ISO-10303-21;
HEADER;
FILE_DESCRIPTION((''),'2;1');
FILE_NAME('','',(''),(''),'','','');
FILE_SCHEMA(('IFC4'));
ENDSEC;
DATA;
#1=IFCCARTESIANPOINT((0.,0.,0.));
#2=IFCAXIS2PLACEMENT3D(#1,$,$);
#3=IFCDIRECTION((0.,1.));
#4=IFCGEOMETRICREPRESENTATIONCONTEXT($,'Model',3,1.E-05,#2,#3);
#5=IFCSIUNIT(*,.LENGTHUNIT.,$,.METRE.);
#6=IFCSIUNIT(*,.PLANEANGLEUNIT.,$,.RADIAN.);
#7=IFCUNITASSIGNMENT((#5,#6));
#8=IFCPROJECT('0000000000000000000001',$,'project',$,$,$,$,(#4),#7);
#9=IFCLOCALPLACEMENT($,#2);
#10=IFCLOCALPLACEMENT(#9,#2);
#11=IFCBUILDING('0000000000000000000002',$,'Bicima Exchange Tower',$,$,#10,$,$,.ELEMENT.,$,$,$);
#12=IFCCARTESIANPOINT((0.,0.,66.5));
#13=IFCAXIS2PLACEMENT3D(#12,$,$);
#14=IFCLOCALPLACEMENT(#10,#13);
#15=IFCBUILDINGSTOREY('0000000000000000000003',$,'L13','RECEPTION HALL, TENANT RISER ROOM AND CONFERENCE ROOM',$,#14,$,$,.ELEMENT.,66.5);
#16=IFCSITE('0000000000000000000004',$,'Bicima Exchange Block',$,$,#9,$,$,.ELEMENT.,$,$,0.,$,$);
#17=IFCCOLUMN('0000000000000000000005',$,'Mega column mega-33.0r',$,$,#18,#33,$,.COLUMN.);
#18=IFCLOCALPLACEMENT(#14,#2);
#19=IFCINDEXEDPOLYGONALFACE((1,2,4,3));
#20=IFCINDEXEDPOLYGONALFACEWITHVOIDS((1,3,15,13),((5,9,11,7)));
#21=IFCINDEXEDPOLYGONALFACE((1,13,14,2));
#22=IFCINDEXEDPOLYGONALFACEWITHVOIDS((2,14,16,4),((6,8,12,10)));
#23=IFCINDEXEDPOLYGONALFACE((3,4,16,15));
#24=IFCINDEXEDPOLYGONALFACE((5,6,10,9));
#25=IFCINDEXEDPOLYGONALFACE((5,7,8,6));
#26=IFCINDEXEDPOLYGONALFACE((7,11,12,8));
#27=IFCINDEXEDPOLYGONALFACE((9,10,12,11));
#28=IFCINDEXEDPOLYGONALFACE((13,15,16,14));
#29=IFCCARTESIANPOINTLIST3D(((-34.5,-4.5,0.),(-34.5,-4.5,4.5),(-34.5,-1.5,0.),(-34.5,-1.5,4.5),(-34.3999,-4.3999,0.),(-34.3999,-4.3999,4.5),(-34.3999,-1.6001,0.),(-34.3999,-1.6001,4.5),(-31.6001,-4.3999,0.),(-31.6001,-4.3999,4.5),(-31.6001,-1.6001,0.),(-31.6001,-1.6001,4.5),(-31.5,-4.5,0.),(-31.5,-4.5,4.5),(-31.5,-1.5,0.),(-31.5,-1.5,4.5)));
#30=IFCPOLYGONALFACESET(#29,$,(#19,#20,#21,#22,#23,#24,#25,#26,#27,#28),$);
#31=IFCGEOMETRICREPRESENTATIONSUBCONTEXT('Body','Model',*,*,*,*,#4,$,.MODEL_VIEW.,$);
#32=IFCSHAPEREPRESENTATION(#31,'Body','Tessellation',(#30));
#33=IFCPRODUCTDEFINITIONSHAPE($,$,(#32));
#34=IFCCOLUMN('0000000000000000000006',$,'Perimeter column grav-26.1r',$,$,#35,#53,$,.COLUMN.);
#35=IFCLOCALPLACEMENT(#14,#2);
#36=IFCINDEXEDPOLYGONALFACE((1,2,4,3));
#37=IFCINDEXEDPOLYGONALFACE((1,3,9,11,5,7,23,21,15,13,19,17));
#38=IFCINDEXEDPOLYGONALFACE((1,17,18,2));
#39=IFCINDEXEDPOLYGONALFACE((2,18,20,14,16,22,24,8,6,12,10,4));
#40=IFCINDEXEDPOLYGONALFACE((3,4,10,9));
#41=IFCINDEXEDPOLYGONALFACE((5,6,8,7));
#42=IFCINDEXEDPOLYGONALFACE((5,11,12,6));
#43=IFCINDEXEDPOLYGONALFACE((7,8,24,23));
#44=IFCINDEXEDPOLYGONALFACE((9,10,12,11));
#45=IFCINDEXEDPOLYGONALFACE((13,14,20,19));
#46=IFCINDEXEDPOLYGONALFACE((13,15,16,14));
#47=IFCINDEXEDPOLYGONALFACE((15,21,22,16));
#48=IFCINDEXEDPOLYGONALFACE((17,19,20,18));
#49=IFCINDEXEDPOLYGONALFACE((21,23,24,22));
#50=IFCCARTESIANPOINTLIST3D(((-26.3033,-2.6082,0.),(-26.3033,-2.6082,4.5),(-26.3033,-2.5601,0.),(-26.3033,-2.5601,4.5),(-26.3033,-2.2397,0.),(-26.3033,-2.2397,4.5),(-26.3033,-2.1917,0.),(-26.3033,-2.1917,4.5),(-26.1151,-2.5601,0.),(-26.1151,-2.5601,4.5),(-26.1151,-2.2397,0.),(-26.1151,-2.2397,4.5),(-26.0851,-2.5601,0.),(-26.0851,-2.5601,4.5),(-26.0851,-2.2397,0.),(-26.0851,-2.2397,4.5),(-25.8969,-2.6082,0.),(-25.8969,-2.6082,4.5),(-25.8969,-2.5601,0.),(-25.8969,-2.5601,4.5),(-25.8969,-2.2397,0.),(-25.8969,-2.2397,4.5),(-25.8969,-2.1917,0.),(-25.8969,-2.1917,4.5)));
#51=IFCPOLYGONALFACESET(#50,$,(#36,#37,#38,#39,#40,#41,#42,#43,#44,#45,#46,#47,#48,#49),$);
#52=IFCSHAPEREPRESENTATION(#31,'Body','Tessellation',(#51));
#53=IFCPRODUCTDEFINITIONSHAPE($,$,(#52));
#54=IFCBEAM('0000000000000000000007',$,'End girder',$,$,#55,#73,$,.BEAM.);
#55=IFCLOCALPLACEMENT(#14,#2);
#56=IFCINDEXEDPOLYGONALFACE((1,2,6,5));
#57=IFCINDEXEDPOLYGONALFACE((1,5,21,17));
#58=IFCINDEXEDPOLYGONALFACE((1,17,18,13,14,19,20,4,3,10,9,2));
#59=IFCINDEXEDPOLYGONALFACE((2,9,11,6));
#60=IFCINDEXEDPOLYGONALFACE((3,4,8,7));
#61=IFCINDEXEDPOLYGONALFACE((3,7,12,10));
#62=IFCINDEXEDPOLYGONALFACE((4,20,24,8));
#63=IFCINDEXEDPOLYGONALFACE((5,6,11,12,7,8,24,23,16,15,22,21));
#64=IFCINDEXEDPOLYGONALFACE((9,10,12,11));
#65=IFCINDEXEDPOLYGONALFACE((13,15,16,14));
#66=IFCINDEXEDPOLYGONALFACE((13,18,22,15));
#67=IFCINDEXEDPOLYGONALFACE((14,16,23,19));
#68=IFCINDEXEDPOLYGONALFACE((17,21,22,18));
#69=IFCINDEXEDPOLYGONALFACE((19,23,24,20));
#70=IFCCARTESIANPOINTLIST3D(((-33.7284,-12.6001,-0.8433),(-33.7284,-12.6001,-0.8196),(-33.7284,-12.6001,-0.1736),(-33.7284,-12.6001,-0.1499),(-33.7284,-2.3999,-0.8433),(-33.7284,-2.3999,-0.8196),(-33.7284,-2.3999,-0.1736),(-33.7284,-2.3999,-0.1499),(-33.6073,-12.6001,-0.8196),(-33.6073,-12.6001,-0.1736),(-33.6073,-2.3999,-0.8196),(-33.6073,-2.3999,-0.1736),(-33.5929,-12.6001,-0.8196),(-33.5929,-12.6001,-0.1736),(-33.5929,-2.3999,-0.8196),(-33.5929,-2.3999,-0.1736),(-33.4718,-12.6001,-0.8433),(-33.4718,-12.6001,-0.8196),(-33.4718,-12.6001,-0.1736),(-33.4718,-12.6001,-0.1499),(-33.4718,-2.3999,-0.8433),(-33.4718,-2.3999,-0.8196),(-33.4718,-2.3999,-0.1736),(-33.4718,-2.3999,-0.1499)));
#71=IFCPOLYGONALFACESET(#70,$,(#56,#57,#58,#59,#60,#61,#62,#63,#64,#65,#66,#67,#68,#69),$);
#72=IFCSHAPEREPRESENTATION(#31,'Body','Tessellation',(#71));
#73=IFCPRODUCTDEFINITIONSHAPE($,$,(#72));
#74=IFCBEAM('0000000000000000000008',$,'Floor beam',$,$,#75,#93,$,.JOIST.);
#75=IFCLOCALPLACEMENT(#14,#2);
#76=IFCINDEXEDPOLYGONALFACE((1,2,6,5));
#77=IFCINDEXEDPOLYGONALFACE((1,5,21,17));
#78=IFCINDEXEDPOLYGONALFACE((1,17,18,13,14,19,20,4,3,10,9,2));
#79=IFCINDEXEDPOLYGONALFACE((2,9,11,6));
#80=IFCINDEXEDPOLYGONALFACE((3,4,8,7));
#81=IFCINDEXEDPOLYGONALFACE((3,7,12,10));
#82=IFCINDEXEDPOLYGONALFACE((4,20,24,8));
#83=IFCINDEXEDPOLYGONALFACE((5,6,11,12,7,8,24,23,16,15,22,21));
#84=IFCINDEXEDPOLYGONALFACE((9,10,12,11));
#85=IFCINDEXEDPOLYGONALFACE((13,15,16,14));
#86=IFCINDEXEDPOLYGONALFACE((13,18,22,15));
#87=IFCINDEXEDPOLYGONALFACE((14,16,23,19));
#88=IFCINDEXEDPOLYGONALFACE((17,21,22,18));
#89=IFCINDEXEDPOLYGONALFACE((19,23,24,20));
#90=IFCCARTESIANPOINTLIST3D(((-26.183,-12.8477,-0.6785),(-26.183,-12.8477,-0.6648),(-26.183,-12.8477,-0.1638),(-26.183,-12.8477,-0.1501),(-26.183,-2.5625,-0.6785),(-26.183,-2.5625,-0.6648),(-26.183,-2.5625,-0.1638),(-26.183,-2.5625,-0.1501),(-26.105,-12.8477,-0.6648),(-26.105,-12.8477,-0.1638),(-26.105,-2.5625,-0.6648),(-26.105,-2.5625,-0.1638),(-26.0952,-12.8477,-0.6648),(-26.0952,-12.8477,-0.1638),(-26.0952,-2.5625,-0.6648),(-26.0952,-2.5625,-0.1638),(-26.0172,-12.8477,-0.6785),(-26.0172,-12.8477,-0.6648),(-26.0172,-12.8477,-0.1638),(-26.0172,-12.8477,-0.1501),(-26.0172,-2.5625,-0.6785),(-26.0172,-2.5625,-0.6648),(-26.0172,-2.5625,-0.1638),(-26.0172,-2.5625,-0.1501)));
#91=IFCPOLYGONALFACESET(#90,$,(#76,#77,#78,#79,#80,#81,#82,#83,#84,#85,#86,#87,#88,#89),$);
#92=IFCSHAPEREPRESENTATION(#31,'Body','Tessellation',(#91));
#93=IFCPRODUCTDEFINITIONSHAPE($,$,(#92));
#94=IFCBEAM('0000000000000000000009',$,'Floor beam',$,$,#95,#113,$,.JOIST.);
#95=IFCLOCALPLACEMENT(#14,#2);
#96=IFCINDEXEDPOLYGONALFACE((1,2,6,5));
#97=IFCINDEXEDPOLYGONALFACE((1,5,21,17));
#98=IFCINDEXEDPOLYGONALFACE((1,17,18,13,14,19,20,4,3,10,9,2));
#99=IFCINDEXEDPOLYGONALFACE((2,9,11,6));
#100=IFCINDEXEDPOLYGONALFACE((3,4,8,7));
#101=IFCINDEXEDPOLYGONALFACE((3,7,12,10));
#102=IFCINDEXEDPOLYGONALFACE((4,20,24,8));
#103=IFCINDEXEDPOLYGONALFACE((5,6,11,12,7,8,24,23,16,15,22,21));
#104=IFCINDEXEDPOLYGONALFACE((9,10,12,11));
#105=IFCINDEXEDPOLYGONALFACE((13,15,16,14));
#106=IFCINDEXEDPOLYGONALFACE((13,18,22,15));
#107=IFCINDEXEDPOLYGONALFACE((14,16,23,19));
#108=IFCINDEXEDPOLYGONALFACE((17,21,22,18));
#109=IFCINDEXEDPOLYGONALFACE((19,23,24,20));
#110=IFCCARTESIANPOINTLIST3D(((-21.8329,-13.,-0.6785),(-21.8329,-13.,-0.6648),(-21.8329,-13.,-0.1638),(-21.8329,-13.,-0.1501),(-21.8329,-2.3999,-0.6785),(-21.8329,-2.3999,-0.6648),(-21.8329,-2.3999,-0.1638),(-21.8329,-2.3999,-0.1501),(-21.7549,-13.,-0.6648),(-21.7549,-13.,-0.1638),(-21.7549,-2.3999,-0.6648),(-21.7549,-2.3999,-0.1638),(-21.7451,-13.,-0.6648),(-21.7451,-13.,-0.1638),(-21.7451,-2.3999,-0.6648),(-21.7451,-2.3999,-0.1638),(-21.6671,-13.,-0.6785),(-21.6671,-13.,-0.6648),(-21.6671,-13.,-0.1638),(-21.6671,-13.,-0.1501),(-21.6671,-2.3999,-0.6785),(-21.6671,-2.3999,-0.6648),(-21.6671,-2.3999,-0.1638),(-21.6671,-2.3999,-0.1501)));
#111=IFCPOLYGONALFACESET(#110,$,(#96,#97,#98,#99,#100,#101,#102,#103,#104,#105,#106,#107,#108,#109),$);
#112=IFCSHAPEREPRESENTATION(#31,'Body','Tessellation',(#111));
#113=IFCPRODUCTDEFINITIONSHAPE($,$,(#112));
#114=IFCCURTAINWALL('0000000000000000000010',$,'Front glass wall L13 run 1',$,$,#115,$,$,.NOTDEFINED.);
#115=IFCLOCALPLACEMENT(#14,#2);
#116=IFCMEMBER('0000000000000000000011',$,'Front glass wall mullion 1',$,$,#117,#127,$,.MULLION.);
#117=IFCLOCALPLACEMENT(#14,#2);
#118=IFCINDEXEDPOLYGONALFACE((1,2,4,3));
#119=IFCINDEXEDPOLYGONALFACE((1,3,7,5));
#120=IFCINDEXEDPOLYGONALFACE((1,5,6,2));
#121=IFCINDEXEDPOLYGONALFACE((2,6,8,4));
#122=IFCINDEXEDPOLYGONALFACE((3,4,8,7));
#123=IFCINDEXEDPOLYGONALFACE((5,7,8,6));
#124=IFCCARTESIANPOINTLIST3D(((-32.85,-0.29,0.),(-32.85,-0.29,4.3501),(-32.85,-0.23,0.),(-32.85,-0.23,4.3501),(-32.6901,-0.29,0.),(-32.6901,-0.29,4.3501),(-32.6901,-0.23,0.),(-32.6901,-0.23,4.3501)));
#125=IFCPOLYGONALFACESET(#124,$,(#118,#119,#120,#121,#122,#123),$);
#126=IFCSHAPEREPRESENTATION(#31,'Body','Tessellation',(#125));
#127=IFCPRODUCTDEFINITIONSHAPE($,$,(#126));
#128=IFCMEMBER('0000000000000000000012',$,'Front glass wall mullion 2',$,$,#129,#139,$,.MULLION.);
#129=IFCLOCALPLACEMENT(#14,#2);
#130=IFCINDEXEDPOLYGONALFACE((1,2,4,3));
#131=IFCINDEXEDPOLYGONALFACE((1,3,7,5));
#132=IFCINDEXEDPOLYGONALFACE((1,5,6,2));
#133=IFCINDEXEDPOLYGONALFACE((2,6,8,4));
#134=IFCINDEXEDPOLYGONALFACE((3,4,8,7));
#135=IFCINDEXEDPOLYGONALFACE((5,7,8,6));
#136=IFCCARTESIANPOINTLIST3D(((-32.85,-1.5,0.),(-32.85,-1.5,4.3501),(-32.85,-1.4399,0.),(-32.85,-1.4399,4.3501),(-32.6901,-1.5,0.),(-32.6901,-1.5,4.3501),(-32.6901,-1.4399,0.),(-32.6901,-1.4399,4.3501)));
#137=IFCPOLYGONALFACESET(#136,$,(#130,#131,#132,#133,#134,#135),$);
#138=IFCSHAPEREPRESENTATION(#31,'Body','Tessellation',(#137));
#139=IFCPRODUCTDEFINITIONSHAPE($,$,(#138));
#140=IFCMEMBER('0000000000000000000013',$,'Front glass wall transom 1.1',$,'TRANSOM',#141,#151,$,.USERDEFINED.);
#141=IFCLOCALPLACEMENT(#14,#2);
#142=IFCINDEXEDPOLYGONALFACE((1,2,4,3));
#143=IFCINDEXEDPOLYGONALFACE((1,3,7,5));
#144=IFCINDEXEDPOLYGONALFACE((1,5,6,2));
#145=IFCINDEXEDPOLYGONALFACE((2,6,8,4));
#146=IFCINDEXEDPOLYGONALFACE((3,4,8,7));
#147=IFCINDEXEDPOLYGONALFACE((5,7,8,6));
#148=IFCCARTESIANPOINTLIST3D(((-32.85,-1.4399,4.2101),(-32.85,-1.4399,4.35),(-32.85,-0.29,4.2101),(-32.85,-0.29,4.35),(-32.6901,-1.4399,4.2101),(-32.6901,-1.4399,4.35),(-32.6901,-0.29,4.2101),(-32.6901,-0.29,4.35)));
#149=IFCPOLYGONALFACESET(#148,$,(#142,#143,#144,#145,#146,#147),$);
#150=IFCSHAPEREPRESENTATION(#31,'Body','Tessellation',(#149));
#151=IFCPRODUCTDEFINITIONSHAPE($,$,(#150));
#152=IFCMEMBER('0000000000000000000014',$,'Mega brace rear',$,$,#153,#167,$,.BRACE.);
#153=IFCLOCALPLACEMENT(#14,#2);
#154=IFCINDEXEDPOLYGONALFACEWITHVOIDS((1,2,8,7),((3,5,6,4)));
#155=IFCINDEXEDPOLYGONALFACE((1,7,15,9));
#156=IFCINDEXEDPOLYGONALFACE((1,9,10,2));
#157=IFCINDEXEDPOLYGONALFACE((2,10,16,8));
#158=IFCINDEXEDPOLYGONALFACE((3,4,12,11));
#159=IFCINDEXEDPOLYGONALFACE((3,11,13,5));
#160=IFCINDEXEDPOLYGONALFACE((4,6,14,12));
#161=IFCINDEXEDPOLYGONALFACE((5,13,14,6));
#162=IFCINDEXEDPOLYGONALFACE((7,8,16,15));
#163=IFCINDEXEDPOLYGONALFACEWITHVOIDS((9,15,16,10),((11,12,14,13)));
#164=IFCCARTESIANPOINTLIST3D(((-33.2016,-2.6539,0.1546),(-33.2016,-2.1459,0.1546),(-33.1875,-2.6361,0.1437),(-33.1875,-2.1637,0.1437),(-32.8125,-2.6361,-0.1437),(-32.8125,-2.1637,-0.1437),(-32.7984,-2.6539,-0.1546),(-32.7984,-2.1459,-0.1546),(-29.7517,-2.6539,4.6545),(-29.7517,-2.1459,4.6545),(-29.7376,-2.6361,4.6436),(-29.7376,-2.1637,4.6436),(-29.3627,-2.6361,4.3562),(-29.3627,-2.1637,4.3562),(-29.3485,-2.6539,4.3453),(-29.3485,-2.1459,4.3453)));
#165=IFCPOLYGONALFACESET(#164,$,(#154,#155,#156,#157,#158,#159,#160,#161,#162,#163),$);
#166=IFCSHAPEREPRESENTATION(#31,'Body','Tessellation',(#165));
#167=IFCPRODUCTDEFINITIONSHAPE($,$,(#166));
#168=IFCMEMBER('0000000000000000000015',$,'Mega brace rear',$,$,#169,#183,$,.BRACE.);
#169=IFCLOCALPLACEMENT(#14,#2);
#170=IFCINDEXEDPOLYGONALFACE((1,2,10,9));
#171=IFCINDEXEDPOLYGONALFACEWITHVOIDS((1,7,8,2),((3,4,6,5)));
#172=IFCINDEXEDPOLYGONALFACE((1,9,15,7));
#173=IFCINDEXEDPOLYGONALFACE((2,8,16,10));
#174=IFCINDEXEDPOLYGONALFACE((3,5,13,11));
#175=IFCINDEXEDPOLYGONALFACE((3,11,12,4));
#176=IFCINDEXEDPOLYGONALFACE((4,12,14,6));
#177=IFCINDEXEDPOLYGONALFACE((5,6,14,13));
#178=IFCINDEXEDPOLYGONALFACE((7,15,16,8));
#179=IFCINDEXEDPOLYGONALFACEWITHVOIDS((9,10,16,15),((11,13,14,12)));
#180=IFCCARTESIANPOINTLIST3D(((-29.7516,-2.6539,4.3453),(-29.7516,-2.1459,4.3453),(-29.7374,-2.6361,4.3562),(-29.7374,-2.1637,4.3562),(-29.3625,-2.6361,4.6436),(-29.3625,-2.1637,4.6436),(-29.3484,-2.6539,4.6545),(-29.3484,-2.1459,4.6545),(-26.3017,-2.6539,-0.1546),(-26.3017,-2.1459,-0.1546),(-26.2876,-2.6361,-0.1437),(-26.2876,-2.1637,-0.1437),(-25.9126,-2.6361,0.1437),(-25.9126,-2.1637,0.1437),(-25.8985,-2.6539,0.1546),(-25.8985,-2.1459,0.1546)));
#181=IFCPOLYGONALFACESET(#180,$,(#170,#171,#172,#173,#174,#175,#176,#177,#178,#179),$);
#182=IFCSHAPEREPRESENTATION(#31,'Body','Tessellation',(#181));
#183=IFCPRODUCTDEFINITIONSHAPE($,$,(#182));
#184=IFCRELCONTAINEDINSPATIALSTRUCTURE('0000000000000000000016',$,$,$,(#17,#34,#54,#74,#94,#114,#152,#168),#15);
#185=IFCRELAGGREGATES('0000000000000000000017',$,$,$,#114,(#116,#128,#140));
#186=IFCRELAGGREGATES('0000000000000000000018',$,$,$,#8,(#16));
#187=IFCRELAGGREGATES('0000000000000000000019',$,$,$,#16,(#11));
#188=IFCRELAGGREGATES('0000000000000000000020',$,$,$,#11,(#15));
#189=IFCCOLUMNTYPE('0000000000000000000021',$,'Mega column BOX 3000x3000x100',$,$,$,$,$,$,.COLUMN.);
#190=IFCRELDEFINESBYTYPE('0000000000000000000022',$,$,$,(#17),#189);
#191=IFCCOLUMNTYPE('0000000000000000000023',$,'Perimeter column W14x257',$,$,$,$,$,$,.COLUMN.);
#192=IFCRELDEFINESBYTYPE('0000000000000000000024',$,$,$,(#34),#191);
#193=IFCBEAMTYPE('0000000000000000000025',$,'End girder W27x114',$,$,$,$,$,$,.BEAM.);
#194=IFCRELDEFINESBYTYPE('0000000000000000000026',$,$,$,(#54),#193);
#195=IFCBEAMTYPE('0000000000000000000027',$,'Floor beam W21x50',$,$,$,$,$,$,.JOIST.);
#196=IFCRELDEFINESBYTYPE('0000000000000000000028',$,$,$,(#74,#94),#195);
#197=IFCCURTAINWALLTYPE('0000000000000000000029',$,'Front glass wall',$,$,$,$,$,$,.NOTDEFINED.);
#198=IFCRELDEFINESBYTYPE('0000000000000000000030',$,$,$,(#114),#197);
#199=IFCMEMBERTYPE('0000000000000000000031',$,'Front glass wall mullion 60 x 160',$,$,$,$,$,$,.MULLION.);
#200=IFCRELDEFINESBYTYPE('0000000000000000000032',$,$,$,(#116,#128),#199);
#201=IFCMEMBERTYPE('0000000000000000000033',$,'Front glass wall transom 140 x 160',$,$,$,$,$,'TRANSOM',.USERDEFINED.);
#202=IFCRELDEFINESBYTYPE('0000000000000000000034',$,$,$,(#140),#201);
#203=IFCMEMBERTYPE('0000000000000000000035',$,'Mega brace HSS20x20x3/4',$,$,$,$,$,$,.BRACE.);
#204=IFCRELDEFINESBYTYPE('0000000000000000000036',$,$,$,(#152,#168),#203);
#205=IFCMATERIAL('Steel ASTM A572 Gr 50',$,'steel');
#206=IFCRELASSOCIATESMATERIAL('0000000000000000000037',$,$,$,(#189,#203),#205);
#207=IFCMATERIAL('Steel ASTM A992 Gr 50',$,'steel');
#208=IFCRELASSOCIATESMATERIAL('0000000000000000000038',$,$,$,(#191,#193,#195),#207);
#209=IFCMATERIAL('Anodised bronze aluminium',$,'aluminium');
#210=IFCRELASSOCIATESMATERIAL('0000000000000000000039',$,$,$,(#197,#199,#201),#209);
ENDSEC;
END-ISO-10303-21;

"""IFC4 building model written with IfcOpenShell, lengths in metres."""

from ifc_helpers import new_model, si_unit, direction, frame, origin, origin_2d, place, context, subcontext, project, spatial, rectangle, hollow_rectangle, i_section, extrude, material, material_profile, profile_set, type_object, element, aggregate, save


model = new_model("IFC4")

# Units and contexts
model_context = context("Model", 3, precision=1e-05, world=origin(), true_north=direction((0.0, 1.0)))
body_context = subcontext(model_context, "Body", "Model", "MODEL_VIEW")
ifc_project = project(units=[si_unit("LENGTHUNIT", "METRE"), si_unit("PLANEANGLEUNIT", "RADIAN")], contexts=[model_context])

# Site, building, storey
site_placement = place(None, origin())
site = spatial("IfcSite", under=ifc_project, at=site_placement, Name="Bicima Exchange Block", CompositionType="ELEMENT", RefElevation=0.0)
building_placement = place(site_placement, origin())
building = spatial("IfcBuilding", under=site, at=building_placement, Name="Bicima Exchange Tower", CompositionType="ELEMENT")
storey_placement = place(building_placement, frame((0.0, 0.0, 66.5)))
storey = spatial("IfcBuildingStorey", under=building, at=storey_placement, Name="L13", Description="RECEPTION HALL, TENANT RISER ROOM AND CONFERENCE ROOM", CompositionType="ELEMENT", Elevation=66.5)

# Columns
ifc_material_1 = material(Name="Steel ASTM A572 Gr 50", Category="steel")
ifc_material_profile_1 = material_profile(ifc_material_1, hollow_rectangle(XDim=3.0, YDim=3.0, WallThickness=0.1001, at=origin_2d()))
ifc_profile_set_1 = profile_set([ifc_material_profile_1], Name="Steel ASTM A572 Gr 50")
column_type_1 = type_object("IfcColumnType", Name="Mega column BOX 3000x3000x100", PredefinedType="COLUMN", material=ifc_profile_set_1)
column_1_placement = place(storey_placement, frame((-33.0, -3.0, 0.0), z_axis=(0.0, 0.0, 1.0), x_axis=(1.0, 0.0, 0.0)))
element("IfcColumn", 1, at=column_1_placement, inside=storey, type_object=column_type_1, Name="Mega column mega-33.0r", PredefinedType="COLUMN", context=body_context, shape_type="SweptSolid", body=[
    extrude(hollow_rectangle(XDim=3.0, YDim=3.0, WallThickness=0.1001, at=origin_2d()), origin(), (0.0, 0.0, 1.0), 4.5),
])
ifc_material_2 = material(Name="Steel ASTM A992 Gr 50", Category="steel")
ifc_material_profile_2 = material_profile(ifc_material_2, i_section(OverallWidth=0.4065, OverallDepth=0.4165, WebThickness=0.03, FlangeThickness=0.0481, at=origin_2d()))
ifc_profile_set_2 = profile_set([ifc_material_profile_2], Name="Steel ASTM A992 Gr 50")
column_type_2 = type_object("IfcColumnType", Name="Perimeter column W14x257", PredefinedType="COLUMN", material=ifc_profile_set_2)
column_2_placement = place(storey_placement, frame((-26.1001, -2.3999, 0.0), z_axis=(0.0, 0.0, 1.0), x_axis=(1.0, 0.0, 0.0)))
element("IfcColumn", 2, at=column_2_placement, inside=storey, type_object=column_type_2, Name="Perimeter column grav-26.1r", PredefinedType="COLUMN", context=body_context, shape_type="SweptSolid", body=[
    extrude(i_section(OverallWidth=0.4065, OverallDepth=0.4165, WebThickness=0.03, FlangeThickness=0.0481, at=origin_2d()), origin(), (0.0, 0.0, 1.0), 4.5),
])

# Beams
ifc_material_profile_3 = material_profile(ifc_material_2, i_section(OverallWidth=0.2566, OverallDepth=0.6934, WebThickness=0.0144, FlangeThickness=0.0237, at=origin_2d()))
ifc_profile_set_3 = profile_set([ifc_material_profile_3], Name="Steel ASTM A992 Gr 50")
beam_type_1 = type_object("IfcBeamType", Name="End girder W27x114", PredefinedType="BEAM", material=ifc_profile_set_3)
beam_1_placement = place(storey_placement, frame((-33.6001, -2.3999, -0.4966), z_axis=(0.0, -1.0, 0.0), x_axis=(1.0, 0.0, 0.0)))
element("IfcBeam", 3, at=beam_1_placement, inside=storey, type_object=beam_type_1, Name="End girder", PredefinedType="BEAM", context=body_context, shape_type="SweptSolid", body=[
    extrude(i_section(OverallWidth=0.2566, OverallDepth=0.6934, WebThickness=0.0144, FlangeThickness=0.0237, at=origin_2d()), origin(), (0.0, 0.0, 1.0), 10.2002),
])
ifc_material_profile_4 = material_profile(ifc_material_2, i_section(OverallWidth=0.1658, OverallDepth=0.5283, WebThickness=0.0098, FlangeThickness=0.0137, at=origin_2d()))
ifc_profile_set_4 = profile_set([ifc_material_profile_4], Name="Steel ASTM A992 Gr 50")
beam_type_2 = type_object("IfcBeamType", Name="Floor beam W21x50", PredefinedType="JOIST", material=ifc_profile_set_4)
beam_2_placement = place(storey_placement, frame((-26.1001, -2.5625, -0.4143), z_axis=(0.0, -1.0, 0.0), x_axis=(1.0, 0.0, 0.0)))
element("IfcBeam", 4, at=beam_2_placement, inside=storey, type_object=beam_type_2, Name="Floor beam", PredefinedType="JOIST", context=body_context, shape_type="SweptSolid", body=[
    extrude(i_section(OverallWidth=0.1658, OverallDepth=0.5283, WebThickness=0.0098, FlangeThickness=0.0137, at=origin_2d()), origin(), (0.0, 0.0, 1.0), 10.2852),
])
beam_3_placement = place(storey_placement, frame((-21.75, -2.3999, -0.4143), z_axis=(0.0, -1.0, 0.0), x_axis=(1.0, 0.0, 0.0)))
element("IfcBeam", 5, at=beam_3_placement, inside=storey, type_object=beam_type_2, Name="Floor beam", PredefinedType="JOIST", context=body_context, shape_type="SweptSolid", body=[
    extrude(i_section(OverallWidth=0.1658, OverallDepth=0.5283, WebThickness=0.0098, FlangeThickness=0.0137, at=origin_2d()), origin(), (0.0, 0.0, 1.0), 10.6001),
])

# Curtain wall, members
ifc_material_3 = material(Name="Anodised bronze aluminium", Category="aluminium")
curtain_wall_type = type_object("IfcCurtainWallType", Name="Front glass wall", PredefinedType="NOTDEFINED", material=ifc_material_3)
curtain_wall_placement = place(storey_placement, origin())
curtain_wall = element("IfcCurtainWall", 6, at=curtain_wall_placement, inside=storey, type_object=curtain_wall_type, Name="Front glass wall L13 run 1", PredefinedType="NOTDEFINED")
ifc_material_profile_5 = material_profile(ifc_material_3, rectangle(XDim=0.1599, YDim=0.0601, at=origin_2d()))
ifc_profile_set_5 = profile_set([ifc_material_profile_5], Name="Anodised bronze aluminium")
member_type_1 = type_object("IfcMemberType", Name="Front glass wall mullion 60 x 160", PredefinedType="MULLION", material=ifc_profile_set_5)
member_1_placement = place(storey_placement, frame((-32.77, -0.26, 0.0), z_axis=(0.0, 0.0, 1.0), x_axis=(1.0, 0.0, 0.0)))
member_1 = element("IfcMember", 7, at=member_1_placement, type_object=member_type_1, Name="Front glass wall mullion 1", PredefinedType="MULLION", context=body_context, shape_type="SweptSolid", body=[
    extrude(rectangle(XDim=0.1599, YDim=0.0601, at=origin_2d()), origin(), (0.0, 0.0, 1.0), 4.3501),
])
member_2_placement = place(storey_placement, frame((-32.77, -1.47, 0.0), z_axis=(0.0, 0.0, 1.0), x_axis=(1.0, 0.0, 0.0)))
member_2 = element("IfcMember", 8, at=member_2_placement, type_object=member_type_1, Name="Front glass wall mullion 2", PredefinedType="MULLION", context=body_context, shape_type="SweptSolid", body=[
    extrude(rectangle(XDim=0.1599, YDim=0.0601, at=origin_2d()), origin(), (0.0, 0.0, 1.0), 4.3501),
])
ifc_material_profile_6 = material_profile(ifc_material_3, rectangle(XDim=0.1599, YDim=0.1399, at=origin_2d()))
ifc_profile_set_6 = profile_set([ifc_material_profile_6], Name="Anodised bronze aluminium")
member_type_2 = type_object("IfcMemberType", Name="Front glass wall transom 140 x 160", ElementType="TRANSOM", PredefinedType="USERDEFINED", material=ifc_profile_set_6)
member_3_placement = place(storey_placement, frame((-32.77, -0.29, 4.28), z_axis=(0.0, -1.0, 0.0), x_axis=(1.0, 0.0, 0.0)))
member_3 = element("IfcMember", 9, at=member_3_placement, type_object=member_type_2, Name="Front glass wall transom 1.1", ObjectType="TRANSOM", PredefinedType="USERDEFINED", context=body_context, shape_type="SweptSolid", body=[
    extrude(rectangle(XDim=0.1599, YDim=0.1399, at=origin_2d()), origin(), (0.0, 0.0, 1.0), 1.1499),
])

# Members
ifc_material_profile_7 = material_profile(ifc_material_1, hollow_rectangle(XDim=0.5081, YDim=0.5081, WallThickness=0.0178, at=origin_2d()))
ifc_profile_set_7 = profile_set([ifc_material_profile_7], Name="Steel ASTM A572 Gr 50")
member_type_3 = type_object("IfcMemberType", Name="Mega brace HSS20x20x3/4", PredefinedType="BRACE", material=ifc_profile_set_7)
for number, where, z_axis, x_axis, name in (
    (10, (-33.0, -2.3999, 0.0), (0.608426, 0.0, 0.793611), (0.0, 1.0, 0.0), "Mega brace rear"),
    (11, (-26.1001, -2.3999, 0.0), (-0.608426, 0.0, 0.793611), (0.0, -1.0, 0.0), "Mega brace rear"),
):
    element("IfcMember", number, at=place(storey_placement, frame(where, z_axis=z_axis, x_axis=x_axis)), inside=storey, type_object=member_type_3, Name=name, PredefinedType="BRACE", context=body_context, shape_type="SweptSolid", body=[
        extrude(hollow_rectangle(XDim=0.5081, YDim=0.5081, WallThickness=0.0178, at=origin_2d()), origin(), (0.0, 0.0, 1.0), 5.6702),
    ])

aggregate(curtain_wall, [member_1, member_2, member_3])

save(model, "model.ifc")
